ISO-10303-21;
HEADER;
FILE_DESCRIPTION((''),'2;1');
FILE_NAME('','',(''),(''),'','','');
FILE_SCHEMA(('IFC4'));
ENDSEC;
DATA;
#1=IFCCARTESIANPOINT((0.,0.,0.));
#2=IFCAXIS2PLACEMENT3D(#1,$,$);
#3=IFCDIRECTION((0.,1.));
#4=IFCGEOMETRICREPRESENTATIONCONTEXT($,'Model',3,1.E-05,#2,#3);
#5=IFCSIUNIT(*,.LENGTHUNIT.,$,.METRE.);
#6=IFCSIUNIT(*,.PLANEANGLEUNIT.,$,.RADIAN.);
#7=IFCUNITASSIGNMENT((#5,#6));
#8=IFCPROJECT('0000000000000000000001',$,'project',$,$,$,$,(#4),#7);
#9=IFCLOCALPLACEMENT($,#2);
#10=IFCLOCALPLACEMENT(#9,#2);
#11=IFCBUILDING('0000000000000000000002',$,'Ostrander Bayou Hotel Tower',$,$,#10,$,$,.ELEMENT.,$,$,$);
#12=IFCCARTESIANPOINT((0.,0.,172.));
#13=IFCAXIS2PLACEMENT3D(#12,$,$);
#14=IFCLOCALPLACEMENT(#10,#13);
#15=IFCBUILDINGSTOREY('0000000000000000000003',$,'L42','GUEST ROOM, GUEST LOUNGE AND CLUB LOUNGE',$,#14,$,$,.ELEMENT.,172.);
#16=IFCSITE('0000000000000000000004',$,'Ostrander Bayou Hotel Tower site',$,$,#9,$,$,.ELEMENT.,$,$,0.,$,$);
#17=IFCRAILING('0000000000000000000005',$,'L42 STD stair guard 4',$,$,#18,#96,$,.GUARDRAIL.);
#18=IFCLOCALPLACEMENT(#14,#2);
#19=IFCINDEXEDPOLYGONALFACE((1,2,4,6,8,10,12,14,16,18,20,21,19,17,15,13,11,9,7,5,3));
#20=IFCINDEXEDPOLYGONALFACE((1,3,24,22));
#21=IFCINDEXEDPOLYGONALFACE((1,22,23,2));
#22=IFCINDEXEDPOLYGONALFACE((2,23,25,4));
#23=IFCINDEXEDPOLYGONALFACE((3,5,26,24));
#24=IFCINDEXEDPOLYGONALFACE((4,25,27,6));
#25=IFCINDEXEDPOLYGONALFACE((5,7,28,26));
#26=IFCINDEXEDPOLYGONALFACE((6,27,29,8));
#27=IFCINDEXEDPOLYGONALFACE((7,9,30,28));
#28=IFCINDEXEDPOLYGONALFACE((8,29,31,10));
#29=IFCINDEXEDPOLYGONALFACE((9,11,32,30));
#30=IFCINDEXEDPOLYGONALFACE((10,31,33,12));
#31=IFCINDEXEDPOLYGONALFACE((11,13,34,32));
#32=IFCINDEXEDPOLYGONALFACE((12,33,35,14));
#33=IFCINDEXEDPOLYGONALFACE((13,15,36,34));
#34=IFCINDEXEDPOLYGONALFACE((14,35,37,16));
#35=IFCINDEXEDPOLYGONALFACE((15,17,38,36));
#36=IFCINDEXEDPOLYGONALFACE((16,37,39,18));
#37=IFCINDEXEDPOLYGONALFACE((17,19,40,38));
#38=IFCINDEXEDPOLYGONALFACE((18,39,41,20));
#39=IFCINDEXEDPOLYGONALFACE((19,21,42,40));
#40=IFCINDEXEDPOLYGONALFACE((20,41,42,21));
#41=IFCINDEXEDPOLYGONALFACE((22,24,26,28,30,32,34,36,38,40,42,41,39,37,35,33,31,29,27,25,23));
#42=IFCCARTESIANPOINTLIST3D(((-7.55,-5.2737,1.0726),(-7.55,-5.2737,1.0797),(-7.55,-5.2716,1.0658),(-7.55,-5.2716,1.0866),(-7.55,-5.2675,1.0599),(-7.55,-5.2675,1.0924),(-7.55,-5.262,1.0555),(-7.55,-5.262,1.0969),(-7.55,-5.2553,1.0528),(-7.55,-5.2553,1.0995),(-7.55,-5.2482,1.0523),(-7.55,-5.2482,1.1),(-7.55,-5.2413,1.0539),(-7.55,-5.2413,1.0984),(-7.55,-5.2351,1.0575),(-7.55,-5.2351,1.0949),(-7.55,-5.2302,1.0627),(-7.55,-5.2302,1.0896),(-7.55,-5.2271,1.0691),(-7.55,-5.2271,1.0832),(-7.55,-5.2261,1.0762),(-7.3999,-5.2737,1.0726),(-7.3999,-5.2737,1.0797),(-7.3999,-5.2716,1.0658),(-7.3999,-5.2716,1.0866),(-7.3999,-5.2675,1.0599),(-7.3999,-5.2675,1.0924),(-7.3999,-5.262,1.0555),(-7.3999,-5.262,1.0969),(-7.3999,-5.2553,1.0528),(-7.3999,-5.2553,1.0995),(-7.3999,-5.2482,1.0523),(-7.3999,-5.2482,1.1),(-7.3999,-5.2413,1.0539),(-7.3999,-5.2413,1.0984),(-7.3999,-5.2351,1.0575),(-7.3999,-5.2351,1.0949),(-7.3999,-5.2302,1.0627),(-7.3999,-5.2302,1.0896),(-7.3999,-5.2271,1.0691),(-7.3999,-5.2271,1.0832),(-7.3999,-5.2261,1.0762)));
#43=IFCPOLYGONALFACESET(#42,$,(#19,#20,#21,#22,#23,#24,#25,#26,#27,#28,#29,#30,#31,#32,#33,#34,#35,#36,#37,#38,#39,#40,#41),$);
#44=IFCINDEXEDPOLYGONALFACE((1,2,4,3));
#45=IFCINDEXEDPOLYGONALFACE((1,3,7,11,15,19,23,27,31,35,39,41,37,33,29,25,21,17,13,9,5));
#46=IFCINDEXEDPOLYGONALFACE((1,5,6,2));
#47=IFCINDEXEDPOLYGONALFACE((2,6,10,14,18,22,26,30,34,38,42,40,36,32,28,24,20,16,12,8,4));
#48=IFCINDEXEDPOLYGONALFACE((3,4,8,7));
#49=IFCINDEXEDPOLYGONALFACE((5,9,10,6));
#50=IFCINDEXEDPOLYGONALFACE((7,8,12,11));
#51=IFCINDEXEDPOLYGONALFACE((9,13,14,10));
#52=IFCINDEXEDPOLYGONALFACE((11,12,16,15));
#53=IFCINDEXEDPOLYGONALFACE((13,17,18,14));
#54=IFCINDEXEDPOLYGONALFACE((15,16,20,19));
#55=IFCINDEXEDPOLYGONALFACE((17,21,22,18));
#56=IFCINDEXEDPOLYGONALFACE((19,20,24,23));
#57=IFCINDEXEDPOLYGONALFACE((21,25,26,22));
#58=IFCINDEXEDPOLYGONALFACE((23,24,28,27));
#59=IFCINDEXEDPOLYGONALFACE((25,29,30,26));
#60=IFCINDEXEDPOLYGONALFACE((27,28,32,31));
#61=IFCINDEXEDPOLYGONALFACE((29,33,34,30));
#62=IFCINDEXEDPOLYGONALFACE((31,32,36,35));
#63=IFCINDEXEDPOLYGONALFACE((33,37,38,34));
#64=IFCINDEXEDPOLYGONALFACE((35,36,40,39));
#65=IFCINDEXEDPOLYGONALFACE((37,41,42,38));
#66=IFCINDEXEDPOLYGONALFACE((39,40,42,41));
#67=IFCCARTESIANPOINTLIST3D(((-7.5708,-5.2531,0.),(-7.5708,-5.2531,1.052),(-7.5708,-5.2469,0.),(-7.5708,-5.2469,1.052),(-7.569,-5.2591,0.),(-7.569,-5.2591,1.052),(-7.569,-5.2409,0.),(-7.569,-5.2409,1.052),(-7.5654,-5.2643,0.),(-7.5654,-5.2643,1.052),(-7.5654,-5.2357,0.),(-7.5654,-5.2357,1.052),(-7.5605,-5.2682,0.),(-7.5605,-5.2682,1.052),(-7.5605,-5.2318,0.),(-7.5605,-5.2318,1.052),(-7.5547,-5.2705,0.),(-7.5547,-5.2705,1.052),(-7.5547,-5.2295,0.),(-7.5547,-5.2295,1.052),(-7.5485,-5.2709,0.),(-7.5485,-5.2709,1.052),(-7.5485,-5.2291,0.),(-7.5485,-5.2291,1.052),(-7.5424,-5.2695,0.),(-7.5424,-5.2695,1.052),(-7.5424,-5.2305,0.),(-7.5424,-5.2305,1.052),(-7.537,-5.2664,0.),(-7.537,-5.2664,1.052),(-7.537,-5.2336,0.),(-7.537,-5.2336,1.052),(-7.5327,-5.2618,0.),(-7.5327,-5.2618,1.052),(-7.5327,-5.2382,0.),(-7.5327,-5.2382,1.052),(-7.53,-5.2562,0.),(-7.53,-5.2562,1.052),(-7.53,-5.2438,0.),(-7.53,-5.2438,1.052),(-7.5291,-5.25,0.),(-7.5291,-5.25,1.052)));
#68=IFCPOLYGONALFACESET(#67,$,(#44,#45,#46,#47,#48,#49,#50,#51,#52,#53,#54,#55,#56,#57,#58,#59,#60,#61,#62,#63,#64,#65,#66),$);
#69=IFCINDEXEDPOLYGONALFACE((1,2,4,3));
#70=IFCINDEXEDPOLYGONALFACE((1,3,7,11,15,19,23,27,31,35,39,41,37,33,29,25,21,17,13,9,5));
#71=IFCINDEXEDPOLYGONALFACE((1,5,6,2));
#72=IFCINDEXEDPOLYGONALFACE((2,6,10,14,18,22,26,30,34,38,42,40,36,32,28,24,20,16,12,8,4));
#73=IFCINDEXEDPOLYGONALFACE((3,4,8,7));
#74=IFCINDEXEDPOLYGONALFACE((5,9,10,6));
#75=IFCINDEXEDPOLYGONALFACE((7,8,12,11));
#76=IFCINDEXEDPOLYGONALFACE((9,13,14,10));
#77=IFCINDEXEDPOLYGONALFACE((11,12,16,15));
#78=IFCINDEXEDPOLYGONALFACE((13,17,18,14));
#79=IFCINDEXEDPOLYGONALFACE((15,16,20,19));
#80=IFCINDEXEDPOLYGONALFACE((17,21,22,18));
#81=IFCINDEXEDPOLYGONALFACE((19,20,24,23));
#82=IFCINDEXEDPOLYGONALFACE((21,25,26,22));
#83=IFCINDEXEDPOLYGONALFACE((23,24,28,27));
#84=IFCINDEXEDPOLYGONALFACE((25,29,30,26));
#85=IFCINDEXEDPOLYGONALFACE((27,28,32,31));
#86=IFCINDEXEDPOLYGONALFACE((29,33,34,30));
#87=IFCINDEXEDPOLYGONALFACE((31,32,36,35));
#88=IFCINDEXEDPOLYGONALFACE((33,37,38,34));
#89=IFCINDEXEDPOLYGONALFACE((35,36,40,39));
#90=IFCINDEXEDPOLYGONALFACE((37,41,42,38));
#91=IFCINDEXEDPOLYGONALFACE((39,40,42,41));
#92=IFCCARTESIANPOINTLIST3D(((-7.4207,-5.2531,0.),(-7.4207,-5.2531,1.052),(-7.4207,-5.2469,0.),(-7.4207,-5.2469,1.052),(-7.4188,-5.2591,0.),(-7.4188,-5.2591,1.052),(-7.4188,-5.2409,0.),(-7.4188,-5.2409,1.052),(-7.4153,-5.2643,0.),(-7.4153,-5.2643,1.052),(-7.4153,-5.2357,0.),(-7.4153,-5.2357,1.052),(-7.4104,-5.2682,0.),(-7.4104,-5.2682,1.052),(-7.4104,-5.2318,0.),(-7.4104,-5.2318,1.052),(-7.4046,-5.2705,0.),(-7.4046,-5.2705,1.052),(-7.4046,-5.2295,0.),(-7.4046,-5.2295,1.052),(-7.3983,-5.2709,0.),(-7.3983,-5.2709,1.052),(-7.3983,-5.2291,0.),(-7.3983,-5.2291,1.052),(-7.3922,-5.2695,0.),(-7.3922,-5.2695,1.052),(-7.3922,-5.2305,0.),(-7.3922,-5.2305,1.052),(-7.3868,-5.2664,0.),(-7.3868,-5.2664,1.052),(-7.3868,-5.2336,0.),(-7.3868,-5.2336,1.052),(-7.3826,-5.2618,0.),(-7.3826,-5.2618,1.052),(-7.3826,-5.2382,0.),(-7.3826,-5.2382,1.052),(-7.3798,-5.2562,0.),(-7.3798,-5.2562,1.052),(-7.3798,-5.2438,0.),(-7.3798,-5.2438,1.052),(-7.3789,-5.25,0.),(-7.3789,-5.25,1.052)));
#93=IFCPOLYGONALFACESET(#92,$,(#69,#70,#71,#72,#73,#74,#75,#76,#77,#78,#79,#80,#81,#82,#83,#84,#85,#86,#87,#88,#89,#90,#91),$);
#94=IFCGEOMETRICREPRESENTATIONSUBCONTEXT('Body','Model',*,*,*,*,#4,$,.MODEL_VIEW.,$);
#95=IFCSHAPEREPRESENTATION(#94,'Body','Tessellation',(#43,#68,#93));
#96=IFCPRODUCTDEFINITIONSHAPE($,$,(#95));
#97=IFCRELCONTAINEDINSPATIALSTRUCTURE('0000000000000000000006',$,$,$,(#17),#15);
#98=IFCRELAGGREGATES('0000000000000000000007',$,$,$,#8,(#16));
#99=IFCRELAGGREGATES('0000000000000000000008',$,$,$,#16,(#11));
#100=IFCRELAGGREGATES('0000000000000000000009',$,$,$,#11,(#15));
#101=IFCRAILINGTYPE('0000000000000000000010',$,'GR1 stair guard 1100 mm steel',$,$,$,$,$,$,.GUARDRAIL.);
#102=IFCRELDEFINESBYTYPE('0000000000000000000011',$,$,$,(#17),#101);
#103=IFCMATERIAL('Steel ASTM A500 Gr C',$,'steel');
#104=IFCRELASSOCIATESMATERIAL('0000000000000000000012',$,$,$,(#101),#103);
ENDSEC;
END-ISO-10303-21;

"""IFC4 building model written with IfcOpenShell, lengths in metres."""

from ifc_helpers import new_model, si_unit, direction, frame, origin, origin_2d, place, context, subcontext, project, spatial, circle, extrude, material, type_object, element, save


model = new_model("IFC4")

# Units and contexts
model_context = context("Model", 3, precision=1e-05, world=origin(), true_north=direction((0.0, 1.0)))
body_context = subcontext(model_context, "Body", "Model", "MODEL_VIEW")
ifc_project = project(units=[si_unit("LENGTHUNIT", "METRE"), si_unit("PLANEANGLEUNIT", "RADIAN")], contexts=[model_context])

# Site, building, storey
site_placement = place(None, origin())
site = spatial("IfcSite", under=ifc_project, at=site_placement, Name="Ostrander Bayou Hotel Tower site", CompositionType="ELEMENT", RefElevation=0.0)
building_placement = place(site_placement, origin())
building = spatial("IfcBuilding", under=site, at=building_placement, Name="Ostrander Bayou Hotel Tower", CompositionType="ELEMENT")
storey_placement = place(building_placement, frame((0.0, 0.0, 172.0)))
storey = spatial("IfcBuildingStorey", under=building, at=storey_placement, Name="L42", Description="GUEST ROOM, GUEST LOUNGE AND CLUB LOUNGE", CompositionType="ELEMENT", Elevation=172.0)

# Railing
ifc_material_1 = material(Name="Steel ASTM A500 Gr C", Category="steel")
railing_type_1 = type_object("IfcRailingType", Name="GR1 stair guard 1100 mm steel", PredefinedType="GUARDRAIL", material=ifc_material_1)
railing_1_placement = place(storey_placement, frame((-7.55, -5.25, 0.0)))
element("IfcRailing", 1, at=railing_1_placement, inside=storey, type_object=railing_type_1, Name="L42 STD stair guard 4", PredefinedType="GUARDRAIL", context=body_context, shape_type="SweptSolid", body=[
    extrude(circle(Radius=0.0239, at=origin_2d()), frame((0.0, 0.0, 1.0762), z_axis=(1.0, 0.0, 0.0), x_axis=(0.0, 1.0, 0.0)), (0.0, 0.0, 1.0), 0.1501),
    extrude(circle(Radius=0.021, at=origin_2d()), origin(), (0.0, 0.0, 1.0), 1.052),
    extrude(circle(Radius=0.021, at=origin_2d()), frame((0.1501, 0.0, 0.0)), (0.0, 0.0, 1.0), 1.052),
])

save(model, "model.ifc")
